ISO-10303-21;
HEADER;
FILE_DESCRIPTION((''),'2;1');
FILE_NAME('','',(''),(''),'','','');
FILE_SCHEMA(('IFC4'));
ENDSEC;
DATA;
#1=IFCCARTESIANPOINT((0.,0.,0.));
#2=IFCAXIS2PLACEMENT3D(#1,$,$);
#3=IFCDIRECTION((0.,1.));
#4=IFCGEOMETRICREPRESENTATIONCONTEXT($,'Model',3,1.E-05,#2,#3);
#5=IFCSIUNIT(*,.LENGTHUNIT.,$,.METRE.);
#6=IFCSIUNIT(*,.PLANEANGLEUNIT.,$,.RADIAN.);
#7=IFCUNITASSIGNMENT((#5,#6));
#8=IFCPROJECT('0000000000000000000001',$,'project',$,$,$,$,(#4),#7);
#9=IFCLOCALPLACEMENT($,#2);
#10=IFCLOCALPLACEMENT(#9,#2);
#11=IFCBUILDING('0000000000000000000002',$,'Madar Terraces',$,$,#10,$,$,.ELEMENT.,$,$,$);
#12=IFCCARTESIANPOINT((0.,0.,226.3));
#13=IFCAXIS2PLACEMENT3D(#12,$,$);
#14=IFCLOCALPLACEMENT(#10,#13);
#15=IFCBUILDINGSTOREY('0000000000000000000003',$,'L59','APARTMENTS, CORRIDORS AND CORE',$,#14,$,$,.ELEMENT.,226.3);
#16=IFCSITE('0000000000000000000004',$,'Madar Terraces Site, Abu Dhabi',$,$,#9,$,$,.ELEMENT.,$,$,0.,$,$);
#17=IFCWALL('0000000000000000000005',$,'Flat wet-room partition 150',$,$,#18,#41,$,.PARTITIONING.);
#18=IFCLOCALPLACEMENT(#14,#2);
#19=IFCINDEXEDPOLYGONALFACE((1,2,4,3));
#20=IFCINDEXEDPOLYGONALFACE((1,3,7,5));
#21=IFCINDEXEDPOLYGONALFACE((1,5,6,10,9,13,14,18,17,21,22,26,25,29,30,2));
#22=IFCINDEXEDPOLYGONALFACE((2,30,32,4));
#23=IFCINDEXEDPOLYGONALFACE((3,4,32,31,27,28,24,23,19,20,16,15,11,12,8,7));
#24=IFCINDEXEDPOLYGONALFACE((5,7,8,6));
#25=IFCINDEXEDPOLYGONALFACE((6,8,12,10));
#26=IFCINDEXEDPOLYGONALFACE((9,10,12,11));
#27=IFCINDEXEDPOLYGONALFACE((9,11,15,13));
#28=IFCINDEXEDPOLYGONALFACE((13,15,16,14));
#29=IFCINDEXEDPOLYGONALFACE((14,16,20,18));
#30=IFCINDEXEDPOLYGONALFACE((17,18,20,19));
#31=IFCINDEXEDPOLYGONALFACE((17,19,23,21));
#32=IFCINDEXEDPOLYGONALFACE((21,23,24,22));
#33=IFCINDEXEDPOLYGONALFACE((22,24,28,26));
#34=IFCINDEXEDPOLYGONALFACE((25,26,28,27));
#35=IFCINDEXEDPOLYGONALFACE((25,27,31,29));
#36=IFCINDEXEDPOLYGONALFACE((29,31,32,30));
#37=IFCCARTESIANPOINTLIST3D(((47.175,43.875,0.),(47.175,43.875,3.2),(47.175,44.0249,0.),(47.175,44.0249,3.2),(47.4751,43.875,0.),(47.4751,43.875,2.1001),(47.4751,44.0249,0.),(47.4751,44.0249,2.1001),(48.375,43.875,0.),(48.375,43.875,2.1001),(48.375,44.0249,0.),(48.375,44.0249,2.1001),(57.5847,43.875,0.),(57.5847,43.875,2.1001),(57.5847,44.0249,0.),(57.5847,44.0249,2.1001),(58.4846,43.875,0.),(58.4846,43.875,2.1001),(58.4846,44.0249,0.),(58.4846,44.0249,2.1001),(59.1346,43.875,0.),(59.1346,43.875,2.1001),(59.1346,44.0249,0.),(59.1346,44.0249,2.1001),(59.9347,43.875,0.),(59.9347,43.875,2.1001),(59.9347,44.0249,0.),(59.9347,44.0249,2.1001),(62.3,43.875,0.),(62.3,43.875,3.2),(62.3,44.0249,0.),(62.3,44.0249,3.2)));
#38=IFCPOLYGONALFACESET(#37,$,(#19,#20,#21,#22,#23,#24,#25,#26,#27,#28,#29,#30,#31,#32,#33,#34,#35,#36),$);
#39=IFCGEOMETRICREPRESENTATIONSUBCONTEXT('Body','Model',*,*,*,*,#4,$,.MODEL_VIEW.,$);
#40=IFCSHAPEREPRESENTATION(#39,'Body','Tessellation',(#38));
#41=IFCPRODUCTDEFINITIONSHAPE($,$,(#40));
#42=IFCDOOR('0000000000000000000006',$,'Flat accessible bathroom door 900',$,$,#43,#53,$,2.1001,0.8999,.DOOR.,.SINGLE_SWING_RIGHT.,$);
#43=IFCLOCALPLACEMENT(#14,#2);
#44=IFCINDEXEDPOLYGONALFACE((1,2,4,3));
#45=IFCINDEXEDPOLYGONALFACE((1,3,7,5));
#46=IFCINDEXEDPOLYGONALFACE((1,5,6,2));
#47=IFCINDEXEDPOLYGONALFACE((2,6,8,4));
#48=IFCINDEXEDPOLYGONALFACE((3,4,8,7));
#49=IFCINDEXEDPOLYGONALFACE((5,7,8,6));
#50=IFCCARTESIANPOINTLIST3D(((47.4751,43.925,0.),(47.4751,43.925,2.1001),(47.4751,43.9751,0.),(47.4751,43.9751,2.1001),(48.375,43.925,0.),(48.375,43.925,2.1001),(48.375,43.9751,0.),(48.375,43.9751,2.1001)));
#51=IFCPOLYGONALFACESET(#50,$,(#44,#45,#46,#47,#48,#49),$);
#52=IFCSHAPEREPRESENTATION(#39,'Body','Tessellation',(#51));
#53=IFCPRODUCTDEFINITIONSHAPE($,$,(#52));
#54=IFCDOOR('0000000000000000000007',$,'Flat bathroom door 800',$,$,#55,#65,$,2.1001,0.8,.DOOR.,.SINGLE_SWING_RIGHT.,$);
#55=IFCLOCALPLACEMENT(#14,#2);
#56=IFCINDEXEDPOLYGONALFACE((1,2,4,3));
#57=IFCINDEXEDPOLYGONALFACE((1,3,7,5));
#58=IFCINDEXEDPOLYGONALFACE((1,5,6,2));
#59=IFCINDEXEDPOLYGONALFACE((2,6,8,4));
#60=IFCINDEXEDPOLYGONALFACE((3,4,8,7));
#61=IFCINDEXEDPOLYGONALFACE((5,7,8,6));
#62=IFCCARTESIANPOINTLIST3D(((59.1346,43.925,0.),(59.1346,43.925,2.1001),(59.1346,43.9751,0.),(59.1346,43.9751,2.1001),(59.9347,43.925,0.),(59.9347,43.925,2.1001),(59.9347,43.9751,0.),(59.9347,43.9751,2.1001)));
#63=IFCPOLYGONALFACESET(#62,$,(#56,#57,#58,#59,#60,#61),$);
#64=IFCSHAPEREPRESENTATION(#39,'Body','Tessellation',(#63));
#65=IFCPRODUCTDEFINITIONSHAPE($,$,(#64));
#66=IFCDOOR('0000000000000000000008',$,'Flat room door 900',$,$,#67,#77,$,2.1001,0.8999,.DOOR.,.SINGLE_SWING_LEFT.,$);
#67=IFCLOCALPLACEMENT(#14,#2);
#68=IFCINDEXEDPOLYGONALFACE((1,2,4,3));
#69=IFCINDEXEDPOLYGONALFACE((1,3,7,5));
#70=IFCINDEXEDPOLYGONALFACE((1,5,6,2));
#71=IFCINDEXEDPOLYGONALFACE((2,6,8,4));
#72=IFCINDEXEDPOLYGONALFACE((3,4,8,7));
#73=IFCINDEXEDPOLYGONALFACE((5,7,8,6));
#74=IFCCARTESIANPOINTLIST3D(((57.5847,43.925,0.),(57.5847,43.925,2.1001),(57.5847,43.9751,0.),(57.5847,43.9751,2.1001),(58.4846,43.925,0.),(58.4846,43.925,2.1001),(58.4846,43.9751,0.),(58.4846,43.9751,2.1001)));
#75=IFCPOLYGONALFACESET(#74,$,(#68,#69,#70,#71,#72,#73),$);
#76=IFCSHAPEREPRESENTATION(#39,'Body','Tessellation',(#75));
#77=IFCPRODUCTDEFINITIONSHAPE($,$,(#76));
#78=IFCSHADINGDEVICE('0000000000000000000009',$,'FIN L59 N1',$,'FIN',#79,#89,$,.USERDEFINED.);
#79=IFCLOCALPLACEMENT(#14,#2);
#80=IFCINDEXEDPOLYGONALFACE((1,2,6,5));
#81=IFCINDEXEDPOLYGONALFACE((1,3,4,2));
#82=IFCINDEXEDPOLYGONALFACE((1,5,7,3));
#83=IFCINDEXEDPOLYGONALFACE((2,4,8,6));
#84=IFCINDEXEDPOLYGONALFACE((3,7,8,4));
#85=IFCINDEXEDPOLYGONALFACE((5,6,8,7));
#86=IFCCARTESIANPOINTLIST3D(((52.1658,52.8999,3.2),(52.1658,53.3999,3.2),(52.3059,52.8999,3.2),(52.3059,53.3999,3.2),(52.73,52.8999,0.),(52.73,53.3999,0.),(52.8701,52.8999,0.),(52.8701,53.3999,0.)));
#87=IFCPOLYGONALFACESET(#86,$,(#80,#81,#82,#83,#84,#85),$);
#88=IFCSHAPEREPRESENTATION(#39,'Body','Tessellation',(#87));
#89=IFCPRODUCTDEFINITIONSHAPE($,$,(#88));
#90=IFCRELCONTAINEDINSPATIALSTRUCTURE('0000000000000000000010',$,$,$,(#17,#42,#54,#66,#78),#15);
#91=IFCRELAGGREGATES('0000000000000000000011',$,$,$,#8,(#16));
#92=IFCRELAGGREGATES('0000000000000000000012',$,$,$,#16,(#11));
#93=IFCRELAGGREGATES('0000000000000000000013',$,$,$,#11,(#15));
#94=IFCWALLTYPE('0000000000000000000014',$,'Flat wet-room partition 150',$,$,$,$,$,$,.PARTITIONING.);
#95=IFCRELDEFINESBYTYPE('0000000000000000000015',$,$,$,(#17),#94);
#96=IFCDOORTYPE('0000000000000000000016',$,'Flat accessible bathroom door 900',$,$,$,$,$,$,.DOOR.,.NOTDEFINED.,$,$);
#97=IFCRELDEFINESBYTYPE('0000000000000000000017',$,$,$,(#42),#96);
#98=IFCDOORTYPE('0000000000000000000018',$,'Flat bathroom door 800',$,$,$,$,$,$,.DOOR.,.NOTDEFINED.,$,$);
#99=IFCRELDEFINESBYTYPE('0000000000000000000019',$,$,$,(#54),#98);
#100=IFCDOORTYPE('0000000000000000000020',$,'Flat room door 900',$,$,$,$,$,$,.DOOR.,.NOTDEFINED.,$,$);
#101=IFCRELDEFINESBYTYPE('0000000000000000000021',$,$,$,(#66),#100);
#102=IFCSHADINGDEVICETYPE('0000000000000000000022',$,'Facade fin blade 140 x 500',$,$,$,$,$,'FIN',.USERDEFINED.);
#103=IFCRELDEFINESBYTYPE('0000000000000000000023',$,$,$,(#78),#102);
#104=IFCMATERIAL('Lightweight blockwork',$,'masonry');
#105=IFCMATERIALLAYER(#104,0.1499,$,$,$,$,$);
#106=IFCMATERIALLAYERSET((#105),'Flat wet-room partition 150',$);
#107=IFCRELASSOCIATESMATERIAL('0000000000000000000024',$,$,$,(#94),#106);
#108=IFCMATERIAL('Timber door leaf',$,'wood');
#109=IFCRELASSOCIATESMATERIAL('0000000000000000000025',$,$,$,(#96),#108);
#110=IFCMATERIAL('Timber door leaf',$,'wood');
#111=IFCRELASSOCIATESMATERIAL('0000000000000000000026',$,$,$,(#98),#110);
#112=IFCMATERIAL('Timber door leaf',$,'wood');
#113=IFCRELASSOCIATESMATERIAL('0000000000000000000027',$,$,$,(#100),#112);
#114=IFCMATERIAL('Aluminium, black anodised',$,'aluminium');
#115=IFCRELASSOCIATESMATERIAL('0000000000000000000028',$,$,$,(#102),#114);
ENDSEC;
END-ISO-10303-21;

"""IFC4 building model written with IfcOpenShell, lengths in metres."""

from ifc_helpers import new_model, si_unit, direction, frame, frame_2d, origin, place, context, subcontext, project, spatial, polyline, rectangle, outline, extrude, material, layer, layer_set, type_object, element, fill, save


model = new_model("IFC4")

# Units and contexts
model_context = context("Model", 3, precision=1e-05, world=origin(), true_north=direction((0.0, 1.0)))
body_context = subcontext(model_context, "Body", "Model", "MODEL_VIEW")
ifc_project = project(units=[si_unit("LENGTHUNIT", "METRE"), si_unit("PLANEANGLEUNIT", "RADIAN")], contexts=[model_context])

# Site, building, storey
site_placement = place(None, origin())
site = spatial("IfcSite", under=ifc_project, at=site_placement, Name="Madar Terraces Site, Abu Dhabi", CompositionType="ELEMENT", RefElevation=0.0)
building_placement = place(site_placement, origin())
building = spatial("IfcBuilding", under=site, at=building_placement, Name="Madar Terraces", CompositionType="ELEMENT")
storey_placement = place(building_placement, frame((0.0, 0.0, 226.3)))
storey = spatial("IfcBuildingStorey", under=building, at=storey_placement, Name="L59", Description="APARTMENTS, CORRIDORS AND CORE", CompositionType="ELEMENT", Elevation=226.3)

# Wall, openings, doors
ifc_material_1 = material(Name="Lightweight blockwork", Category="masonry")
ifc_layer_1 = layer(ifc_material_1, 0.1499)
ifc_layer_set_1 = layer_set([ifc_layer_1], Name="Flat wet-room partition 150")
wall_type_1 = type_object("IfcWallType", Name="Flat wet-room partition 150", PredefinedType="PARTITIONING", material=ifc_layer_set_1)
wall_1_placement = place(storey_placement, frame((62.3, 43.95, 0.0), z_axis=(0.0, 0.0, 1.0), x_axis=(-1.0, 0.0, 0.0)))
wall_1 = element("IfcWall", 1, at=wall_1_placement, inside=storey, type_object=wall_type_1, Name="Flat wet-room partition 150", PredefinedType="PARTITIONING", context=body_context, shape_type="SweptSolid", body=[
    extrude(rectangle(XDim=15.125, YDim=0.1499, at=frame_2d((7.5625, 0.0))), origin(), (0.0, 0.0, 1.0), 3.2),
])
opening_1_placement = place(wall_1_placement, frame((13.925, 0.0, 0.0)))
opening_1 = element("IfcOpeningElement", 2, at=opening_1_placement, cuts=wall_1, PredefinedType="OPENING", context=body_context, shape_type="SweptSolid", body=[
    extrude(rectangle(XDim=0.8999, YDim=2.1001, at=frame_2d((0.45, 1.05))), frame((0.0, 0.085, 0.0), z_axis=(0.0, -1.0, 0.0), x_axis=(1.0, 0.0, 0.0)), (0.0, 0.0, 1.0), 0.1699),
])
opening_2_placement = place(wall_1_placement, frame((3.8154, 0.0, 0.0)))
opening_2 = element("IfcOpeningElement", 3, at=opening_2_placement, cuts=wall_1, PredefinedType="OPENING", context=body_context, shape_type="SweptSolid", body=[
    extrude(rectangle(XDim=0.8999, YDim=2.1001, at=frame_2d((0.45, 1.05))), frame((0.0, 0.085, 0.0), z_axis=(0.0, -1.0, 0.0), x_axis=(1.0, 0.0, 0.0)), (0.0, 0.0, 1.0), 0.1699),
])
opening_3_placement = place(wall_1_placement, frame((2.3655, 0.0, 0.0)))
opening_3 = element("IfcOpeningElement", 4, at=opening_3_placement, cuts=wall_1, PredefinedType="OPENING", context=body_context, shape_type="SweptSolid", body=[
    extrude(rectangle(XDim=0.8, YDim=2.1001, at=frame_2d((0.3999, 1.05))), frame((0.0, 0.085, 0.0), z_axis=(0.0, -1.0, 0.0), x_axis=(1.0, 0.0, 0.0)), (0.0, 0.0, 1.0), 0.1699),
])
ifc_material_2 = material(Name="Timber door leaf", Category="wood")
door_type_1 = type_object("IfcDoorType", Name="Flat accessible bathroom door 900", OperationType="NOTDEFINED", PredefinedType="DOOR", material=ifc_material_2)
door_1_placement = place(opening_1_placement, origin())
door_1 = element("IfcDoor", 5, at=door_1_placement, inside=storey, type_object=door_type_1, Name="Flat accessible bathroom door 900", OperationType="SINGLE_SWING_RIGHT", OverallHeight=2.1001, OverallWidth=0.8999, PredefinedType="DOOR", context=body_context, shape_type="SweptSolid", body=[
    extrude(rectangle(XDim=0.8999, YDim=2.1001, at=frame_2d((0.45, 1.05))), frame((0.0, 0.0249, 0.0), z_axis=(0.0, -1.0, 0.0), x_axis=(1.0, 0.0, 0.0)), (0.0, 0.0, 1.0), 0.05),
])
fill(opening_1, door_1)
ifc_material_3 = material(Name="Timber door leaf", Category="wood")
door_type_2 = type_object("IfcDoorType", Name="Flat bathroom door 800", OperationType="NOTDEFINED", PredefinedType="DOOR", material=ifc_material_3)
door_2_placement = place(opening_3_placement, origin())
door_2 = element("IfcDoor", 6, at=door_2_placement, inside=storey, type_object=door_type_2, Name="Flat bathroom door 800", OperationType="SINGLE_SWING_RIGHT", OverallHeight=2.1001, OverallWidth=0.8, PredefinedType="DOOR", context=body_context, shape_type="SweptSolid", body=[
    extrude(rectangle(XDim=0.8, YDim=2.1001, at=frame_2d((0.3999, 1.05))), frame((0.0, 0.0249, 0.0), z_axis=(0.0, -1.0, 0.0), x_axis=(1.0, 0.0, 0.0)), (0.0, 0.0, 1.0), 0.05),
])
fill(opening_3, door_2)
ifc_material_4 = material(Name="Timber door leaf", Category="wood")
door_type_3 = type_object("IfcDoorType", Name="Flat room door 900", OperationType="NOTDEFINED", PredefinedType="DOOR", material=ifc_material_4)
door_3_placement = place(opening_2_placement, origin())
door_3 = element("IfcDoor", 7, at=door_3_placement, inside=storey, type_object=door_type_3, Name="Flat room door 900", OperationType="SINGLE_SWING_LEFT", OverallHeight=2.1001, OverallWidth=0.8999, PredefinedType="DOOR", context=body_context, shape_type="SweptSolid", body=[
    extrude(rectangle(XDim=0.8999, YDim=2.1001, at=frame_2d((0.45, 1.05))), frame((0.0, 0.0249, 0.0), z_axis=(0.0, -1.0, 0.0), x_axis=(1.0, 0.0, 0.0)), (0.0, 0.0, 1.0), 0.05),
])
fill(opening_2, door_3)

# Shading device
ifc_material_5 = material(Name="Aluminium, black anodised", Category="aluminium")
shading_device_type = type_object("IfcShadingDeviceType", Name="Facade fin blade 140 x 500", ElementType="FIN", PredefinedType="USERDEFINED", material=ifc_material_5)
shading_device_placement = place(storey_placement, frame((52.8701, 53.1499, 0.0), z_axis=(0.0, 0.0, 1.0), x_axis=(-1.0, 0.0, 0.0)))
element("IfcShadingDevice", 8, at=shading_device_placement, inside=storey, type_object=shading_device_type, Name="FIN L59 N1", ObjectType="FIN", PredefinedType="USERDEFINED", context=body_context, shape_type="SweptSolid", body=[
    extrude(outline(polyline([(0.0, 0.0), (0.1401, 0.0), (0.7043, 3.2), (0.5642, 3.2), (0.0, 0.0)])), frame((0.0, 0.25, 0.0), z_axis=(0.0, -1.0, 0.0), x_axis=(1.0, 0.0, 0.0)), (0.0, 0.0, 1.0), 0.5),
])

save(model, "model.ifc")
